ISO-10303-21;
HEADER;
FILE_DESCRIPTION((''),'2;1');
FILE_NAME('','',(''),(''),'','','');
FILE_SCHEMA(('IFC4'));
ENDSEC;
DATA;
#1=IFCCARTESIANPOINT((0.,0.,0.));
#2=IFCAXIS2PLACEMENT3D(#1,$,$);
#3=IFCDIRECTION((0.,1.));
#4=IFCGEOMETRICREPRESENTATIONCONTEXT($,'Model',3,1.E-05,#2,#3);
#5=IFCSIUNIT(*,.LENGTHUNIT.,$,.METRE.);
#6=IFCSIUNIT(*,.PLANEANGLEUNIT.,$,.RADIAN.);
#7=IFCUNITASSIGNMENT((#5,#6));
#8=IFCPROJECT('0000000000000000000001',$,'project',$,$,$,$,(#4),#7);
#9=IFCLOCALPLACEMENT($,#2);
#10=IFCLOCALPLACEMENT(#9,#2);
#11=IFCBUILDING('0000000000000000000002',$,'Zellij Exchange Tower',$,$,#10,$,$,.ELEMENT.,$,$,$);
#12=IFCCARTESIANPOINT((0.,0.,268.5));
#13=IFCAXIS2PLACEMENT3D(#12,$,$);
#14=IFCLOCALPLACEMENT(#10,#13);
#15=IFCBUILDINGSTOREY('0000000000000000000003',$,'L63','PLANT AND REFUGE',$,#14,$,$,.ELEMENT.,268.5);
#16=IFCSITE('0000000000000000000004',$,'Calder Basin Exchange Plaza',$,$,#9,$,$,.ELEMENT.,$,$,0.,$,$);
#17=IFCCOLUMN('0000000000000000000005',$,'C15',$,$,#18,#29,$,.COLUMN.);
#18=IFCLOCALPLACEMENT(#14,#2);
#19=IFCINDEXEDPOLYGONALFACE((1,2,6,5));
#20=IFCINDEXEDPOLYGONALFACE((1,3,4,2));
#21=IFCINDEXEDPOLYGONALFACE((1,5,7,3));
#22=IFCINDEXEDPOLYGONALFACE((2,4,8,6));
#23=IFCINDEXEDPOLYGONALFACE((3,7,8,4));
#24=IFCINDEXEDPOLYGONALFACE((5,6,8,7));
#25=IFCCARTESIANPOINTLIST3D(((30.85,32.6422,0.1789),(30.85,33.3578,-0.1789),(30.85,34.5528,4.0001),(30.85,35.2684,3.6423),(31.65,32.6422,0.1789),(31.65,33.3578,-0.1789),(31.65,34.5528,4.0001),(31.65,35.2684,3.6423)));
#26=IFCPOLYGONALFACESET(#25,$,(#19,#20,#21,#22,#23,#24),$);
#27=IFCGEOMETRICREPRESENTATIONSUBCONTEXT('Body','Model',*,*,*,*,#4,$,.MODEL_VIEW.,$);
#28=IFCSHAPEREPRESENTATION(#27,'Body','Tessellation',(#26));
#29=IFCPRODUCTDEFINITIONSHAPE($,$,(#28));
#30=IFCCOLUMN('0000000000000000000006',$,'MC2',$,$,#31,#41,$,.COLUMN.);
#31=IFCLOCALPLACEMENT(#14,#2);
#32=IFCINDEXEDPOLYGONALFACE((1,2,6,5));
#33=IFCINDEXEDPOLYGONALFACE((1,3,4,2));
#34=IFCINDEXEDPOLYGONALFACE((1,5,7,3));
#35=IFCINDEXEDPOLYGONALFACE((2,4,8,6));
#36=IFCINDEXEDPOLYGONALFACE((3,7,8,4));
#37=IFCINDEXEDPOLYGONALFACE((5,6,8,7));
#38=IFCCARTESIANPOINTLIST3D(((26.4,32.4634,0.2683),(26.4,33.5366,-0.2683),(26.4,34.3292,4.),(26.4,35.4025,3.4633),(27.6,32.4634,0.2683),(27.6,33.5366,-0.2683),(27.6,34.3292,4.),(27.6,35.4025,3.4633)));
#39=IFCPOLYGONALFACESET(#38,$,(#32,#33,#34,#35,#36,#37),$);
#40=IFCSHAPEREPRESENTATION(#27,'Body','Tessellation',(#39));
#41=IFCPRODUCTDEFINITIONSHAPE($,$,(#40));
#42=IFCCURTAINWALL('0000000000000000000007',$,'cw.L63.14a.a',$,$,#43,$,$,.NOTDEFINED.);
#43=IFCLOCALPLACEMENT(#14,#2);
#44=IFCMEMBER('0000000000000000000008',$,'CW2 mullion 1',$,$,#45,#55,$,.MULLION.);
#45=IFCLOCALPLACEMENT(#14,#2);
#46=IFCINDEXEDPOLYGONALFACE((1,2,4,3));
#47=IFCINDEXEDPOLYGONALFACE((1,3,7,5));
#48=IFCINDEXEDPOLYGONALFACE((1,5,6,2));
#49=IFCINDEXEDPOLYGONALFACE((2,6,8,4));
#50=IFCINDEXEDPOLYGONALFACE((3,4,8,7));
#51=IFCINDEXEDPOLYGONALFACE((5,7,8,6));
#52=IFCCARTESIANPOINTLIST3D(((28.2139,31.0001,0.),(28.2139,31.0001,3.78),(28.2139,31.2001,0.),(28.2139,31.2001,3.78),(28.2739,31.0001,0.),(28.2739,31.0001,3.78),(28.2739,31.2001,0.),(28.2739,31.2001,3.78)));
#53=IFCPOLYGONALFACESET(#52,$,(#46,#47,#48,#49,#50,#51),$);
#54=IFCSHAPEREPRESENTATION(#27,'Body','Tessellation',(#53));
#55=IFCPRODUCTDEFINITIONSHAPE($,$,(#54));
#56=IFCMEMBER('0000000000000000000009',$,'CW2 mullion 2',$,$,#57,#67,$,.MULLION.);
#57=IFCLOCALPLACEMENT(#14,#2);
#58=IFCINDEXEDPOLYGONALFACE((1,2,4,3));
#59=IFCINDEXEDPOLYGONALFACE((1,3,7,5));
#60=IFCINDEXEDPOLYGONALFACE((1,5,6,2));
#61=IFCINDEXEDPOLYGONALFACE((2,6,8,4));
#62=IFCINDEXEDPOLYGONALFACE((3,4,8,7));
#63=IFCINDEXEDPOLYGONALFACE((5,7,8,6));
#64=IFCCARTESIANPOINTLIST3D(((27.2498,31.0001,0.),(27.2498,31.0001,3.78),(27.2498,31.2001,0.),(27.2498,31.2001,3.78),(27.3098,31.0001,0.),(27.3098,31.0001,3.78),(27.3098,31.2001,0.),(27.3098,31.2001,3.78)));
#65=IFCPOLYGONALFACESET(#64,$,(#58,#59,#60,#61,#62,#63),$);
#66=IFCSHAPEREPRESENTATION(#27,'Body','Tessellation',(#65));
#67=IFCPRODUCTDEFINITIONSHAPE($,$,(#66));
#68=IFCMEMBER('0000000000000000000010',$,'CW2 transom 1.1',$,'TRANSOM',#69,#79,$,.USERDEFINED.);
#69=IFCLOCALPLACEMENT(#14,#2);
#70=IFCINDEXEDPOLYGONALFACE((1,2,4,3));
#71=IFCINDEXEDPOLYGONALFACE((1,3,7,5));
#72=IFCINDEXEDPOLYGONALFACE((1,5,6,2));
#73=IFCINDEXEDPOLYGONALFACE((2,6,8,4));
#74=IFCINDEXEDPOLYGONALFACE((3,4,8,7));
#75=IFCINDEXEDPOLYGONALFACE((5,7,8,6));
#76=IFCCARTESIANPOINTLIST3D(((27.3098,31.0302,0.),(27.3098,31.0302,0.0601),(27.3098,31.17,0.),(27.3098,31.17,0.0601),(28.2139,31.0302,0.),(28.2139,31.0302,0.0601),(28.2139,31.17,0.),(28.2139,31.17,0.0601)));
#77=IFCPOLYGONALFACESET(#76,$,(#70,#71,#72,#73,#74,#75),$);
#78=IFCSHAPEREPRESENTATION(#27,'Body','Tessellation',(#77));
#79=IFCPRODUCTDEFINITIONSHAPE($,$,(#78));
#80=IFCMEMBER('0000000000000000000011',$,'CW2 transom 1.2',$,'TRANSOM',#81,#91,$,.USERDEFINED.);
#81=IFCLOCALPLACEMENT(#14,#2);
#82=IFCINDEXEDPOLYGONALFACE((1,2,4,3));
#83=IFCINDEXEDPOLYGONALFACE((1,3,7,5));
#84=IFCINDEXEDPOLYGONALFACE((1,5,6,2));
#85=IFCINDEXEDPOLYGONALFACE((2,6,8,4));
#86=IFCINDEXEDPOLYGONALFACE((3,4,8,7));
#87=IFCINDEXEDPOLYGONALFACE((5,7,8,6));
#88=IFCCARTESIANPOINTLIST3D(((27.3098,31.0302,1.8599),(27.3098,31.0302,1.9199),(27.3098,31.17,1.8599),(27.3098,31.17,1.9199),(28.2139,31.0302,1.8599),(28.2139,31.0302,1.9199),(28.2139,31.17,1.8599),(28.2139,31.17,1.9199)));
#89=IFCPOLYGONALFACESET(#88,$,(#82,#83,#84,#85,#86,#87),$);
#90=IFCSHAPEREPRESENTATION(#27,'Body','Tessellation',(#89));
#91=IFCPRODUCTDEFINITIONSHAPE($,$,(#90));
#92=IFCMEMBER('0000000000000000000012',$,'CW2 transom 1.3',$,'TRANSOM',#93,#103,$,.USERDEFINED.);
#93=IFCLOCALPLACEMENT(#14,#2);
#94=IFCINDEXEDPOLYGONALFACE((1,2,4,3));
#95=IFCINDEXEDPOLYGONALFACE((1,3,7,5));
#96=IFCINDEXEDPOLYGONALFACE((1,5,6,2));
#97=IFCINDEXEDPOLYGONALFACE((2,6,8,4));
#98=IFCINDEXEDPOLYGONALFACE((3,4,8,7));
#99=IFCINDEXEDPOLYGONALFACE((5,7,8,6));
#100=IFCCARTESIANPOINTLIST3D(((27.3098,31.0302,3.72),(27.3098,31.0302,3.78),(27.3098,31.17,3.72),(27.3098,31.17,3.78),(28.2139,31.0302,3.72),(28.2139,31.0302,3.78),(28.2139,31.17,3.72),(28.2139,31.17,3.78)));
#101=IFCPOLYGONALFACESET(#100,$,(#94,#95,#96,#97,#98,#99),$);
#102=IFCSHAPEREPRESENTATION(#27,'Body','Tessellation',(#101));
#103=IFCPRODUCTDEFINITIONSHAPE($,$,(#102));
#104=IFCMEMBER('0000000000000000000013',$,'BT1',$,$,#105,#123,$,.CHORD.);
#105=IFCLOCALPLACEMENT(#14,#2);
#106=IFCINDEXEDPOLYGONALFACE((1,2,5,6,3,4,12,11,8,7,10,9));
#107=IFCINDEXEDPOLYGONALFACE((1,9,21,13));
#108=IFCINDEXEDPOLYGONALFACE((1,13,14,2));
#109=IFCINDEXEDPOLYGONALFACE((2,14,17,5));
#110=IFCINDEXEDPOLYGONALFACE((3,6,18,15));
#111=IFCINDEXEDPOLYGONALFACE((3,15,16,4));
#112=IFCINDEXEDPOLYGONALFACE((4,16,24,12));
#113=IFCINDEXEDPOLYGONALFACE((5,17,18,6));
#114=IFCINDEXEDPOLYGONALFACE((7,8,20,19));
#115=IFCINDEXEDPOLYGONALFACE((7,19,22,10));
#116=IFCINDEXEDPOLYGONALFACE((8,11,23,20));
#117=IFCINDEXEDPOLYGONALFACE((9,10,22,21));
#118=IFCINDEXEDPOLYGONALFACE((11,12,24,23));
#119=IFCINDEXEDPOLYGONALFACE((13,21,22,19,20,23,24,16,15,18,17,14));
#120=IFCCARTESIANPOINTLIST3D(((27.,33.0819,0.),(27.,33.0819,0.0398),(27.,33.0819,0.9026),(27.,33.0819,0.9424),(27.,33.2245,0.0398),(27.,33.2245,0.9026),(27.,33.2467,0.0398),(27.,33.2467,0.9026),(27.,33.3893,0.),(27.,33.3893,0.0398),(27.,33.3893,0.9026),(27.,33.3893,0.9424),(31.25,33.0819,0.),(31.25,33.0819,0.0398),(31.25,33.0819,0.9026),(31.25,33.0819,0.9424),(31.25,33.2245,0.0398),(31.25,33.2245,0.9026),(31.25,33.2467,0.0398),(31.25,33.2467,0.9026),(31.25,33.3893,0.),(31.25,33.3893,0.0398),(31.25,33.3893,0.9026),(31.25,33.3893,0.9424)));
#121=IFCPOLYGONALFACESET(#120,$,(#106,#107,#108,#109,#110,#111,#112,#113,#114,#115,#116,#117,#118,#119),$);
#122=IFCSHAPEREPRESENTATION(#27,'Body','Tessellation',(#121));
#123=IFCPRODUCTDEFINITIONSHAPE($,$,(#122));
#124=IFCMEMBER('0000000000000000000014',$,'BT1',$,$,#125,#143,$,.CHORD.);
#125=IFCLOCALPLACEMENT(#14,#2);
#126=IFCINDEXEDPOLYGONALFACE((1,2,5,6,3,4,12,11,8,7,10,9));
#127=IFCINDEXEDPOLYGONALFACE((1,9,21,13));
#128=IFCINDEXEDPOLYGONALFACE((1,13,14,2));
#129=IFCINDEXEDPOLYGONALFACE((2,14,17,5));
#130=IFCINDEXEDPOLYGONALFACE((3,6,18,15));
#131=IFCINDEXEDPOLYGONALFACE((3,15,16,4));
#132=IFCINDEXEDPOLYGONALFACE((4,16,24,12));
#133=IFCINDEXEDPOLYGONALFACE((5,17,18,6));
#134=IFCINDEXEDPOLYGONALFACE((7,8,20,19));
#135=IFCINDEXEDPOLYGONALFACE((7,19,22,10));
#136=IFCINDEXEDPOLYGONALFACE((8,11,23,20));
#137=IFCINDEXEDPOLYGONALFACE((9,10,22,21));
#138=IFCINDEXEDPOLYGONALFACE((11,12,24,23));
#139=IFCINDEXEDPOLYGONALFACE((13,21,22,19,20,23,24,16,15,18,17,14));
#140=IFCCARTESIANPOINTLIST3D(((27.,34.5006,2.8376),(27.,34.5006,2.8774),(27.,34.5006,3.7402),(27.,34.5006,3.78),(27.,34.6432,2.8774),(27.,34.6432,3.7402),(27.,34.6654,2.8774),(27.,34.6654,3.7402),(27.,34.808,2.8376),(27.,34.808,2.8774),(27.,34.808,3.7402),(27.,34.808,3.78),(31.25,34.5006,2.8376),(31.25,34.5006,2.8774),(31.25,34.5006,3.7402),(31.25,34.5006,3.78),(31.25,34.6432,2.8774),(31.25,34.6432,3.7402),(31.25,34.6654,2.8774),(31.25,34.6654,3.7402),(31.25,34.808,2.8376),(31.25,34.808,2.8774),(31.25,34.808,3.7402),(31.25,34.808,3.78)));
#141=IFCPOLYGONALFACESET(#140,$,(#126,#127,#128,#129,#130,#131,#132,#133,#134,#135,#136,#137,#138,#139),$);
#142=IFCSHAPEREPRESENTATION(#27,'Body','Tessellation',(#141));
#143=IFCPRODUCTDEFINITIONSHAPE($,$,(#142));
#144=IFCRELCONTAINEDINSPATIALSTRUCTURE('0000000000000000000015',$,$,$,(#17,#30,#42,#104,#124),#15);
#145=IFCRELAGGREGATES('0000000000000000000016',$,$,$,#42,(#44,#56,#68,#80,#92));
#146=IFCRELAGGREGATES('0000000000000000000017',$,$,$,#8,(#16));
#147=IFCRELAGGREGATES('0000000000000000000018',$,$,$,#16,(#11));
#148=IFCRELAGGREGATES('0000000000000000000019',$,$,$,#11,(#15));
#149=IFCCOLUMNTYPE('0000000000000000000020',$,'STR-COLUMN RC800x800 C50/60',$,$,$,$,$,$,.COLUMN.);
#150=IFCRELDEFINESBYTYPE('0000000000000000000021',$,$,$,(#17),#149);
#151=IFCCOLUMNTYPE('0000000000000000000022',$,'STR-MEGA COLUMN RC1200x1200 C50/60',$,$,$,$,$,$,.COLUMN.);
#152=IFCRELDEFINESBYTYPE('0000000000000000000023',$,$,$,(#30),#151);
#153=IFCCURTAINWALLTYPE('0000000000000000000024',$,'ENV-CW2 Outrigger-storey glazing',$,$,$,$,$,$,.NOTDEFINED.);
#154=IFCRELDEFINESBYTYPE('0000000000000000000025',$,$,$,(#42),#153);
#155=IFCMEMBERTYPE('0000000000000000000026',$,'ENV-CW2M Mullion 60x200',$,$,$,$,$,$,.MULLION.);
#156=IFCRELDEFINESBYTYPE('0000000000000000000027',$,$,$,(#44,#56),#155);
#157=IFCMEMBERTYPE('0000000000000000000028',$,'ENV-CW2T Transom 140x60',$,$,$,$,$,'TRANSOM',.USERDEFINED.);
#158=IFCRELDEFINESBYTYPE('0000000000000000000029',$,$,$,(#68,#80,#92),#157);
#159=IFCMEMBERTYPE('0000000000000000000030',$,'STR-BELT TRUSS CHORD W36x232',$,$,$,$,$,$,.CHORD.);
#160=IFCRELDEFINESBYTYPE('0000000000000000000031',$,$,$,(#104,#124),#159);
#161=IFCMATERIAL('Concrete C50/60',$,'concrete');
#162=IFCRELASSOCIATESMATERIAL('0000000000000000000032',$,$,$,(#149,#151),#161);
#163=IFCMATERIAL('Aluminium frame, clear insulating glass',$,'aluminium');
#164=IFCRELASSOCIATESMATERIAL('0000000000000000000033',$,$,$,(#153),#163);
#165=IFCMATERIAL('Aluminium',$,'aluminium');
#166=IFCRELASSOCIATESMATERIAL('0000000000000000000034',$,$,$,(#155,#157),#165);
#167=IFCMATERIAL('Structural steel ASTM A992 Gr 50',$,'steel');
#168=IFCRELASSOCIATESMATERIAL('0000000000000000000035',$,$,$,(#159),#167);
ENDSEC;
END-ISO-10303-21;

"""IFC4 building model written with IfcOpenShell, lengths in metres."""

from ifc_helpers import new_model, si_unit, direction, frame, origin, origin_2d, place, context, subcontext, project, spatial, rectangle, i_section, extrude, clip, halfspace, material, material_profile, profile_set, type_object, element, aggregate, save


model = new_model("IFC4")

# Units and contexts
model_context = context("Model", 3, precision=1e-05, world=origin(), true_north=direction((0.0, 1.0)))
body_context = subcontext(model_context, "Body", "Model", "MODEL_VIEW")
ifc_project = project(units=[si_unit("LENGTHUNIT", "METRE"), si_unit("PLANEANGLEUNIT", "RADIAN")], contexts=[model_context])

# Site, building, storey
site_placement = place(None, origin())
site = spatial("IfcSite", under=ifc_project, at=site_placement, Name="Calder Basin Exchange Plaza", CompositionType="ELEMENT", RefElevation=0.0)
building_placement = place(site_placement, origin())
building = spatial("IfcBuilding", under=site, at=building_placement, Name="Zellij Exchange Tower", CompositionType="ELEMENT")
storey_placement = place(building_placement, frame((0.0, 0.0, 268.5)))
storey = spatial("IfcBuildingStorey", under=building, at=storey_placement, Name="L63", Description="PLANT AND REFUGE", CompositionType="ELEMENT", Elevation=268.5)

# Columns
ifc_material_1 = material(Name="Concrete C50/60", Category="concrete")
ifc_material_profile_1 = material_profile(ifc_material_1, rectangle(XDim=0.8, YDim=0.8, at=origin_2d()), Name="STR-COLUMN RC800x800 C50/60")
ifc_profile_set_1 = profile_set([ifc_material_profile_1], Name="Concrete C50/60")
column_type_1 = type_object("IfcColumnType", Name="STR-COLUMN RC800x800 C50/60", PredefinedType="COLUMN", material=ifc_profile_set_1)
column_1_placement = place(storey_placement, frame((31.25, 33.0, 0.0), z_axis=(0.0, 0.447214, 0.894427), x_axis=(-1.0, 0.0, 0.0)))
element("IfcColumn", 1, at=column_1_placement, inside=storey, type_object=column_type_1, Name="C15", PredefinedType="COLUMN", context=body_context, shape_type="Clipping", body=[
    clip(extrude(rectangle(XDim=0.8, YDim=0.8, at=origin_2d()), origin(), (0.0, 0.0, 1.0), 4.4722), halfspace(frame((0.0, 0.0, 4.2722)), False)),
])
ifc_material_profile_2 = material_profile(ifc_material_1, rectangle(XDim=1.2, YDim=1.2, at=origin_2d()), Name="STR-MEGA COLUMN RC1200x1200 C50/60")
ifc_profile_set_2 = profile_set([ifc_material_profile_2], Name="Concrete C50/60")
column_type_2 = type_object("IfcColumnType", Name="STR-MEGA COLUMN RC1200x1200 C50/60", PredefinedType="COLUMN", material=ifc_profile_set_2)
column_2_placement = place(storey_placement, frame((27.0, 33.0, 0.0), z_axis=(0.0, 0.447214, 0.894427), x_axis=(-1.0, 0.0, 0.0)))
element("IfcColumn", 2, at=column_2_placement, inside=storey, type_object=column_type_2, Name="MC2", PredefinedType="COLUMN", context=body_context, shape_type="Clipping", body=[
    clip(extrude(rectangle(XDim=1.2, YDim=1.2, at=origin_2d()), origin(), (0.0, 0.0, 1.0), 4.4722), halfspace(frame((0.0, 0.0, 4.1721)), False)),
])

# Curtain wall, members
ifc_material_2 = material(Name="Aluminium frame, clear insulating glass", Category="aluminium")
curtain_wall_type = type_object("IfcCurtainWallType", Name="ENV-CW2 Outrigger-storey glazing", PredefinedType="NOTDEFINED", material=ifc_material_2)
curtain_wall_placement = place(storey_placement, origin())
curtain_wall = element("IfcCurtainWall", 3, at=curtain_wall_placement, inside=storey, type_object=curtain_wall_type, Name="cw.L63.14a.a", PredefinedType="NOTDEFINED")
ifc_material_3 = material(Name="Aluminium", Category="aluminium")
ifc_material_profile_3 = material_profile(ifc_material_3, rectangle(XDim=0.0601, YDim=0.2, at=origin_2d()), Name="AL 60x200")
ifc_profile_set_3 = profile_set([ifc_material_profile_3], Name="Aluminium")
member_type_1 = type_object("IfcMemberType", Name="ENV-CW2M Mullion 60x200", PredefinedType="MULLION", material=ifc_profile_set_3)
member_1_placement = place(storey_placement, frame((28.2439, 31.1001, 0.0), z_axis=(0.0, 0.0, 1.0), x_axis=(-1.0, 0.0, 0.0)))
member_1 = element("IfcMember", 4, at=member_1_placement, type_object=member_type_1, Name="CW2 mullion 1", PredefinedType="MULLION", context=body_context, shape_type="SweptSolid", body=[
    extrude(rectangle(XDim=0.0601, YDim=0.2, at=origin_2d()), origin(), (0.0, 0.0, 1.0), 3.78),
])
member_2_placement = place(storey_placement, frame((27.2798, 31.1001, 0.0), z_axis=(0.0, 0.0, 1.0), x_axis=(-1.0, 0.0, 0.0)))
member_2 = element("IfcMember", 5, at=member_2_placement, type_object=member_type_1, Name="CW2 mullion 2", PredefinedType="MULLION", context=body_context, shape_type="SweptSolid", body=[
    extrude(rectangle(XDim=0.0601, YDim=0.2, at=origin_2d()), origin(), (0.0, 0.0, 1.0), 3.78),
])
ifc_material_profile_4 = material_profile(ifc_material_3, rectangle(XDim=0.1399, YDim=0.0601, at=origin_2d()), Name="AL 140x60")
ifc_profile_set_4 = profile_set([ifc_material_profile_4], Name="Aluminium")
member_type_2 = type_object("IfcMemberType", Name="ENV-CW2T Transom 140x60", ElementType="TRANSOM", PredefinedType="USERDEFINED", material=ifc_profile_set_4)
member_3_placement = place(storey_placement, frame((28.2139, 31.1001, 0.03), z_axis=(-1.0, 0.0, 0.0), x_axis=(0.0, -1.0, 0.0)))
member_3 = element("IfcMember", 6, at=member_3_placement, type_object=member_type_2, Name="CW2 transom 1.1", ObjectType="TRANSOM", PredefinedType="USERDEFINED", context=body_context, shape_type="SweptSolid", body=[
    extrude(rectangle(XDim=0.1399, YDim=0.0601, at=origin_2d()), origin(), (0.0, 0.0, 1.0), 0.9041),
])
member_4_placement = place(storey_placement, frame((28.2139, 31.1001, 1.8899), z_axis=(-1.0, 0.0, 0.0), x_axis=(0.0, -1.0, 0.0)))
member_4 = element("IfcMember", 7, at=member_4_placement, type_object=member_type_2, Name="CW2 transom 1.2", ObjectType="TRANSOM", PredefinedType="USERDEFINED", context=body_context, shape_type="SweptSolid", body=[
    extrude(rectangle(XDim=0.1399, YDim=0.0601, at=origin_2d()), origin(), (0.0, 0.0, 1.0), 0.9041),
])
member_5_placement = place(storey_placement, frame((28.2139, 31.1001, 3.75), z_axis=(-1.0, 0.0, 0.0), x_axis=(0.0, -1.0, 0.0)))
member_5 = element("IfcMember", 8, at=member_5_placement, type_object=member_type_2, Name="CW2 transom 1.3", ObjectType="TRANSOM", PredefinedType="USERDEFINED", context=body_context, shape_type="SweptSolid", body=[
    extrude(rectangle(XDim=0.1399, YDim=0.0601, at=origin_2d()), origin(), (0.0, 0.0, 1.0), 0.9041),
])

# Members
ifc_material_4 = material(Name="Structural steel ASTM A992 Gr 50", Category="steel")
ifc_material_profile_5 = material_profile(ifc_material_4, i_section(OverallWidth=0.3074, OverallDepth=0.9424, WebThickness=0.0222, FlangeThickness=0.0398, at=origin_2d()), Name="W36x232")
ifc_profile_set_5 = profile_set([ifc_material_profile_5], Name="Structural steel ASTM A992 Gr 50")
member_type_3 = type_object("IfcMemberType", Name="STR-BELT TRUSS CHORD W36x232", PredefinedType="CHORD", material=ifc_profile_set_5)
for number, where, z_axis, x_axis, name in (
    (9, (27.0, 33.2356, 0.4712), (1.0, 0.0, 0.0), (0.0, 1.0, 0.0), "BT1"),
    (10, (27.0, 34.6543, 3.3088), (1.0, 0.0, 0.0), (0.0, 1.0, 0.0), "BT1"),
):
    element("IfcMember", number, at=place(storey_placement, frame(where, z_axis=z_axis, x_axis=x_axis)), inside=storey, type_object=member_type_3, Name=name, PredefinedType="CHORD", context=body_context, shape_type="SweptSolid", body=[
        extrude(i_section(OverallWidth=0.3074, OverallDepth=0.9424, WebThickness=0.0222, FlangeThickness=0.0398, at=origin_2d()), origin(), (0.0, 0.0, 1.0), 4.25),
    ])

aggregate(curtain_wall, [member_1, member_2, member_3, member_4, member_5])

save(model, "model.ifc")
